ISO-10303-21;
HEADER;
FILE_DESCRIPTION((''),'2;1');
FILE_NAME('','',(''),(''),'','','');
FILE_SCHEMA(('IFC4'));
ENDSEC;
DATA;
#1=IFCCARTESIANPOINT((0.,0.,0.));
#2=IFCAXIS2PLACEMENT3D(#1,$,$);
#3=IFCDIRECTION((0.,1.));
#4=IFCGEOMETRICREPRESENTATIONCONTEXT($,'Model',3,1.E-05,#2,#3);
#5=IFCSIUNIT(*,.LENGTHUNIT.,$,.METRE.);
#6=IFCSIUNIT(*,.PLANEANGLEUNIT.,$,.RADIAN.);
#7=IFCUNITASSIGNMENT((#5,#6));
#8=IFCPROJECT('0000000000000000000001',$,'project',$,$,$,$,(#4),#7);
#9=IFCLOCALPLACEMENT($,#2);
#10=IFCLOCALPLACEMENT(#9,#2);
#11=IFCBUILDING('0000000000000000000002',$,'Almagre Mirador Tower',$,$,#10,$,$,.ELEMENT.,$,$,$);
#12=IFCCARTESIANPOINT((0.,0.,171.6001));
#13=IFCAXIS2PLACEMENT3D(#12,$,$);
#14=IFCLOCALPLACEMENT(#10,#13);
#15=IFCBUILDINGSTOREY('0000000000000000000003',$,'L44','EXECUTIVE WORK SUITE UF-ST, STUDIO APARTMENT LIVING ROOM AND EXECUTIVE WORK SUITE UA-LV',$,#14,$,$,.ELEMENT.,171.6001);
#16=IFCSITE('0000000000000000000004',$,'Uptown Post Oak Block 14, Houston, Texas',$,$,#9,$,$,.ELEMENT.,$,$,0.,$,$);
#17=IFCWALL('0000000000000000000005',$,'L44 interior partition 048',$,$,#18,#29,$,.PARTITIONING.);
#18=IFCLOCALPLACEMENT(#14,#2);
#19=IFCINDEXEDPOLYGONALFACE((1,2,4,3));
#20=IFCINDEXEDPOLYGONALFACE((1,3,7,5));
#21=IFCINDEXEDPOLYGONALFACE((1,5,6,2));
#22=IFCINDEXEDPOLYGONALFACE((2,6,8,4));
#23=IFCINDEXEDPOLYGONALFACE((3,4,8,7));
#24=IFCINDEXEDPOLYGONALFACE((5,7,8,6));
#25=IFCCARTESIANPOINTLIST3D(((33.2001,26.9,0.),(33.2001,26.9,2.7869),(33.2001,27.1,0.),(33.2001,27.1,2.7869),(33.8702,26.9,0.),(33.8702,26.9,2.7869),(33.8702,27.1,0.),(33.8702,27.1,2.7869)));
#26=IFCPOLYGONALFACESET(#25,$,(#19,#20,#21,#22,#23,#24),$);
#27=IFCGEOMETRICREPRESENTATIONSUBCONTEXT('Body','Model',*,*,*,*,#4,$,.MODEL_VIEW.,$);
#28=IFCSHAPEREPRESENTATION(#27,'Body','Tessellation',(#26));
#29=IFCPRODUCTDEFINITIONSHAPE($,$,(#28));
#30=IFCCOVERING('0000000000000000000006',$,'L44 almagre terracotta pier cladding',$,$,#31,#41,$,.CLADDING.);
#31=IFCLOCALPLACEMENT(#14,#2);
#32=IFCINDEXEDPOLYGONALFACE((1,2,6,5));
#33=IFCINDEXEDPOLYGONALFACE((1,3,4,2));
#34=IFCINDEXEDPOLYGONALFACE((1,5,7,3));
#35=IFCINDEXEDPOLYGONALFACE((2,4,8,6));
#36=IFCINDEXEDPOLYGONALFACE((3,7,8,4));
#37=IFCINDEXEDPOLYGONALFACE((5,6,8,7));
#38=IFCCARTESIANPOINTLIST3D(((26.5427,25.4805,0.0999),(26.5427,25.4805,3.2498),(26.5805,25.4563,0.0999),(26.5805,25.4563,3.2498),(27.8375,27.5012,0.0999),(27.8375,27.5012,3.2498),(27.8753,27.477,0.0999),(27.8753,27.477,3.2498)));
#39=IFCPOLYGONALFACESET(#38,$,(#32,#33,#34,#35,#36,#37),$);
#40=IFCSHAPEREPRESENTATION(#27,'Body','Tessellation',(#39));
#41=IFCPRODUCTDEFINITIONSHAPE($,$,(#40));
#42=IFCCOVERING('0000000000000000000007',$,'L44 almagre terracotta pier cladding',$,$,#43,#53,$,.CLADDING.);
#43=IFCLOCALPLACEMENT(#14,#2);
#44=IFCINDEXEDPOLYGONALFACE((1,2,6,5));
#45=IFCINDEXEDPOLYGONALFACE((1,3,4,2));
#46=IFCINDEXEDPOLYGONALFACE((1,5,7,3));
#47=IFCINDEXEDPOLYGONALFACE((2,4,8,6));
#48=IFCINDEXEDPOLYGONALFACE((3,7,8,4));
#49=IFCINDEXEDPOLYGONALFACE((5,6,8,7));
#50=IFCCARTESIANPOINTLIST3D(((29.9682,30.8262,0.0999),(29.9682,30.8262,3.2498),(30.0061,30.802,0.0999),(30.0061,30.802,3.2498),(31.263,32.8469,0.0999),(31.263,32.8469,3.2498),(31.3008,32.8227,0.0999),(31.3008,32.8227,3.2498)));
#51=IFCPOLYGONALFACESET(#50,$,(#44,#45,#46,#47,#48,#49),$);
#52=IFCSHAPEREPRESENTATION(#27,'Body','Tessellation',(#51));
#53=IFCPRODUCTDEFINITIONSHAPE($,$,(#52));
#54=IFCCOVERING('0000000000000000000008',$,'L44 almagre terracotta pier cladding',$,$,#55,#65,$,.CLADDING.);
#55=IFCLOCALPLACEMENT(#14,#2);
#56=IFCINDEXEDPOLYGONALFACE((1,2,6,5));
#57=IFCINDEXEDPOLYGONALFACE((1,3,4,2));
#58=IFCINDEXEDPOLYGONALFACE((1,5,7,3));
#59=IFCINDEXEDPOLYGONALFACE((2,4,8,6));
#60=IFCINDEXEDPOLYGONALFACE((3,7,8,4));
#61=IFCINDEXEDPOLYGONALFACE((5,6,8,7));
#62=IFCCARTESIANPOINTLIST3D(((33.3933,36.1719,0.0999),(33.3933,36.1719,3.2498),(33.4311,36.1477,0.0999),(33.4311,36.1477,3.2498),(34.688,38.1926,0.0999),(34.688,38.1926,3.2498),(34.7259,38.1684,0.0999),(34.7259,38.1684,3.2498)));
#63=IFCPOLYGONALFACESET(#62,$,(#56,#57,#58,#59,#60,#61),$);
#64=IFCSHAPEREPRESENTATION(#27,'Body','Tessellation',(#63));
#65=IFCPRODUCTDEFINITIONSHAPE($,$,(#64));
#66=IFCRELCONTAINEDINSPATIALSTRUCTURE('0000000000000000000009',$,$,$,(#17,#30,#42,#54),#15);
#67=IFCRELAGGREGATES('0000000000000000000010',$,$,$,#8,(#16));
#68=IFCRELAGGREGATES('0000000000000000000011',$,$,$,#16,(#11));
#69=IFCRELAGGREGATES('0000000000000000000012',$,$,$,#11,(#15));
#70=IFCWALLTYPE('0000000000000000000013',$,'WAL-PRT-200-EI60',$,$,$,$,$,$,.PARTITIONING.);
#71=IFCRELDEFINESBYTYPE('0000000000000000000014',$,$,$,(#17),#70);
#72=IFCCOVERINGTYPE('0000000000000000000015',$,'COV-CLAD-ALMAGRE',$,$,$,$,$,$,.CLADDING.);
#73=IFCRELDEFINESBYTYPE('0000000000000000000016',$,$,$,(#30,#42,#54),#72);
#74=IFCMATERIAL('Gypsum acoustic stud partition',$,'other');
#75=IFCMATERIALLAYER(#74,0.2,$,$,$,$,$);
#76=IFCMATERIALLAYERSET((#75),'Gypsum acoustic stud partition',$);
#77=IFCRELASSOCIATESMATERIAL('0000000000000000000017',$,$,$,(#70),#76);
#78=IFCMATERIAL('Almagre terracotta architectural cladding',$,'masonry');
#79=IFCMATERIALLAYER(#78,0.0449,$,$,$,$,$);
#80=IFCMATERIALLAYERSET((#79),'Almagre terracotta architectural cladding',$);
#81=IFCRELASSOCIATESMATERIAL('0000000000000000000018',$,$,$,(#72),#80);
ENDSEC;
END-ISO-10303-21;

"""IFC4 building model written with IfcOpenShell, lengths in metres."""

from ifc_helpers import new_model, si_unit, direction, frame, frame_2d, origin, origin_2d, place, context, subcontext, project, spatial, rectangle, extrude, material, layer, layer_set, type_object, element, save


model = new_model("IFC4")

# Units and contexts
model_context = context("Model", 3, precision=1e-05, world=origin(), true_north=direction((0.0, 1.0)))
body_context = subcontext(model_context, "Body", "Model", "MODEL_VIEW")
ifc_project = project(units=[si_unit("LENGTHUNIT", "METRE"), si_unit("PLANEANGLEUNIT", "RADIAN")], contexts=[model_context])

# Site, building, storey
site_placement = place(None, origin())
site = spatial("IfcSite", under=ifc_project, at=site_placement, Name="Uptown Post Oak Block 14, Houston, Texas", CompositionType="ELEMENT", RefElevation=0.0)
building_placement = place(site_placement, origin())
building = spatial("IfcBuilding", under=site, at=building_placement, Name="Almagre Mirador Tower", CompositionType="ELEMENT")
storey_placement = place(building_placement, frame((0.0, 0.0, 171.6001)))
storey = spatial("IfcBuildingStorey", under=building, at=storey_placement, Name="L44", Description="EXECUTIVE WORK SUITE UF-ST, STUDIO APARTMENT LIVING ROOM AND EXECUTIVE WORK SUITE UA-LV", CompositionType="ELEMENT", Elevation=171.6001)

# Wall
ifc_material_1 = material(Name="Gypsum acoustic stud partition", Category="other")
ifc_layer_1 = layer(ifc_material_1, 0.2)
ifc_layer_set_1 = layer_set([ifc_layer_1], Name="Gypsum acoustic stud partition")
wall_type_1 = type_object("IfcWallType", Name="WAL-PRT-200-EI60", PredefinedType="PARTITIONING", material=ifc_layer_set_1)
wall_1_placement = place(storey_placement, frame((33.8701, 27.0, 0.0), z_axis=(0.0, 0.0, 1.0), x_axis=(-1.0, 0.0, 0.0)))
element("IfcWall", 1, at=wall_1_placement, inside=storey, type_object=wall_type_1, Name="L44 interior partition 048", PredefinedType="PARTITIONING", context=body_context, shape_type="SweptSolid", body=[
    extrude(rectangle(XDim=0.6702, YDim=0.2, at=frame_2d((0.335, 0.0))), origin(), (0.0, 0.0, 1.0), 2.7869),
])

# Coverings
ifc_material_2 = material(Name="Almagre terracotta architectural cladding", Category="masonry")
ifc_layer_2 = layer(ifc_material_2, 0.0449)
ifc_layer_set_2 = layer_set([ifc_layer_2], Name="Almagre terracotta architectural cladding")
covering_type = type_object("IfcCoveringType", Name="COV-CLAD-ALMAGRE", PredefinedType="CLADDING", material=ifc_layer_set_2)
for number, where, z_axis, x_axis, name in (
    (2, (27.209, 26.4788, 0.0999), (0.0, 0.0, 1.0), (0.539506, 0.841982, 0.0), "L44 almagre terracotta pier cladding"),
    (3, (30.6345, 31.8245, 0.0999), (0.0, 0.0, 1.0), (0.539491, 0.841991, 0.0), "L44 almagre terracotta pier cladding"),
    (4, (34.0596, 37.1702, 0.0999), (0.0, 0.0, 1.0), (0.539506, 0.841982, 0.0), "L44 almagre terracotta pier cladding"),
):
    element("IfcCovering", number, at=place(storey_placement, frame(where, z_axis=z_axis, x_axis=x_axis)), inside=storey, type_object=covering_type, Name=name, PredefinedType="CLADDING", context=body_context, shape_type="SweptSolid", body=[
        extrude(rectangle(XDim=2.3999, YDim=0.0449, at=origin_2d()), origin(), (0.0, 0.0, 1.0), 3.1499),
    ])

save(model, "model.ifc")
